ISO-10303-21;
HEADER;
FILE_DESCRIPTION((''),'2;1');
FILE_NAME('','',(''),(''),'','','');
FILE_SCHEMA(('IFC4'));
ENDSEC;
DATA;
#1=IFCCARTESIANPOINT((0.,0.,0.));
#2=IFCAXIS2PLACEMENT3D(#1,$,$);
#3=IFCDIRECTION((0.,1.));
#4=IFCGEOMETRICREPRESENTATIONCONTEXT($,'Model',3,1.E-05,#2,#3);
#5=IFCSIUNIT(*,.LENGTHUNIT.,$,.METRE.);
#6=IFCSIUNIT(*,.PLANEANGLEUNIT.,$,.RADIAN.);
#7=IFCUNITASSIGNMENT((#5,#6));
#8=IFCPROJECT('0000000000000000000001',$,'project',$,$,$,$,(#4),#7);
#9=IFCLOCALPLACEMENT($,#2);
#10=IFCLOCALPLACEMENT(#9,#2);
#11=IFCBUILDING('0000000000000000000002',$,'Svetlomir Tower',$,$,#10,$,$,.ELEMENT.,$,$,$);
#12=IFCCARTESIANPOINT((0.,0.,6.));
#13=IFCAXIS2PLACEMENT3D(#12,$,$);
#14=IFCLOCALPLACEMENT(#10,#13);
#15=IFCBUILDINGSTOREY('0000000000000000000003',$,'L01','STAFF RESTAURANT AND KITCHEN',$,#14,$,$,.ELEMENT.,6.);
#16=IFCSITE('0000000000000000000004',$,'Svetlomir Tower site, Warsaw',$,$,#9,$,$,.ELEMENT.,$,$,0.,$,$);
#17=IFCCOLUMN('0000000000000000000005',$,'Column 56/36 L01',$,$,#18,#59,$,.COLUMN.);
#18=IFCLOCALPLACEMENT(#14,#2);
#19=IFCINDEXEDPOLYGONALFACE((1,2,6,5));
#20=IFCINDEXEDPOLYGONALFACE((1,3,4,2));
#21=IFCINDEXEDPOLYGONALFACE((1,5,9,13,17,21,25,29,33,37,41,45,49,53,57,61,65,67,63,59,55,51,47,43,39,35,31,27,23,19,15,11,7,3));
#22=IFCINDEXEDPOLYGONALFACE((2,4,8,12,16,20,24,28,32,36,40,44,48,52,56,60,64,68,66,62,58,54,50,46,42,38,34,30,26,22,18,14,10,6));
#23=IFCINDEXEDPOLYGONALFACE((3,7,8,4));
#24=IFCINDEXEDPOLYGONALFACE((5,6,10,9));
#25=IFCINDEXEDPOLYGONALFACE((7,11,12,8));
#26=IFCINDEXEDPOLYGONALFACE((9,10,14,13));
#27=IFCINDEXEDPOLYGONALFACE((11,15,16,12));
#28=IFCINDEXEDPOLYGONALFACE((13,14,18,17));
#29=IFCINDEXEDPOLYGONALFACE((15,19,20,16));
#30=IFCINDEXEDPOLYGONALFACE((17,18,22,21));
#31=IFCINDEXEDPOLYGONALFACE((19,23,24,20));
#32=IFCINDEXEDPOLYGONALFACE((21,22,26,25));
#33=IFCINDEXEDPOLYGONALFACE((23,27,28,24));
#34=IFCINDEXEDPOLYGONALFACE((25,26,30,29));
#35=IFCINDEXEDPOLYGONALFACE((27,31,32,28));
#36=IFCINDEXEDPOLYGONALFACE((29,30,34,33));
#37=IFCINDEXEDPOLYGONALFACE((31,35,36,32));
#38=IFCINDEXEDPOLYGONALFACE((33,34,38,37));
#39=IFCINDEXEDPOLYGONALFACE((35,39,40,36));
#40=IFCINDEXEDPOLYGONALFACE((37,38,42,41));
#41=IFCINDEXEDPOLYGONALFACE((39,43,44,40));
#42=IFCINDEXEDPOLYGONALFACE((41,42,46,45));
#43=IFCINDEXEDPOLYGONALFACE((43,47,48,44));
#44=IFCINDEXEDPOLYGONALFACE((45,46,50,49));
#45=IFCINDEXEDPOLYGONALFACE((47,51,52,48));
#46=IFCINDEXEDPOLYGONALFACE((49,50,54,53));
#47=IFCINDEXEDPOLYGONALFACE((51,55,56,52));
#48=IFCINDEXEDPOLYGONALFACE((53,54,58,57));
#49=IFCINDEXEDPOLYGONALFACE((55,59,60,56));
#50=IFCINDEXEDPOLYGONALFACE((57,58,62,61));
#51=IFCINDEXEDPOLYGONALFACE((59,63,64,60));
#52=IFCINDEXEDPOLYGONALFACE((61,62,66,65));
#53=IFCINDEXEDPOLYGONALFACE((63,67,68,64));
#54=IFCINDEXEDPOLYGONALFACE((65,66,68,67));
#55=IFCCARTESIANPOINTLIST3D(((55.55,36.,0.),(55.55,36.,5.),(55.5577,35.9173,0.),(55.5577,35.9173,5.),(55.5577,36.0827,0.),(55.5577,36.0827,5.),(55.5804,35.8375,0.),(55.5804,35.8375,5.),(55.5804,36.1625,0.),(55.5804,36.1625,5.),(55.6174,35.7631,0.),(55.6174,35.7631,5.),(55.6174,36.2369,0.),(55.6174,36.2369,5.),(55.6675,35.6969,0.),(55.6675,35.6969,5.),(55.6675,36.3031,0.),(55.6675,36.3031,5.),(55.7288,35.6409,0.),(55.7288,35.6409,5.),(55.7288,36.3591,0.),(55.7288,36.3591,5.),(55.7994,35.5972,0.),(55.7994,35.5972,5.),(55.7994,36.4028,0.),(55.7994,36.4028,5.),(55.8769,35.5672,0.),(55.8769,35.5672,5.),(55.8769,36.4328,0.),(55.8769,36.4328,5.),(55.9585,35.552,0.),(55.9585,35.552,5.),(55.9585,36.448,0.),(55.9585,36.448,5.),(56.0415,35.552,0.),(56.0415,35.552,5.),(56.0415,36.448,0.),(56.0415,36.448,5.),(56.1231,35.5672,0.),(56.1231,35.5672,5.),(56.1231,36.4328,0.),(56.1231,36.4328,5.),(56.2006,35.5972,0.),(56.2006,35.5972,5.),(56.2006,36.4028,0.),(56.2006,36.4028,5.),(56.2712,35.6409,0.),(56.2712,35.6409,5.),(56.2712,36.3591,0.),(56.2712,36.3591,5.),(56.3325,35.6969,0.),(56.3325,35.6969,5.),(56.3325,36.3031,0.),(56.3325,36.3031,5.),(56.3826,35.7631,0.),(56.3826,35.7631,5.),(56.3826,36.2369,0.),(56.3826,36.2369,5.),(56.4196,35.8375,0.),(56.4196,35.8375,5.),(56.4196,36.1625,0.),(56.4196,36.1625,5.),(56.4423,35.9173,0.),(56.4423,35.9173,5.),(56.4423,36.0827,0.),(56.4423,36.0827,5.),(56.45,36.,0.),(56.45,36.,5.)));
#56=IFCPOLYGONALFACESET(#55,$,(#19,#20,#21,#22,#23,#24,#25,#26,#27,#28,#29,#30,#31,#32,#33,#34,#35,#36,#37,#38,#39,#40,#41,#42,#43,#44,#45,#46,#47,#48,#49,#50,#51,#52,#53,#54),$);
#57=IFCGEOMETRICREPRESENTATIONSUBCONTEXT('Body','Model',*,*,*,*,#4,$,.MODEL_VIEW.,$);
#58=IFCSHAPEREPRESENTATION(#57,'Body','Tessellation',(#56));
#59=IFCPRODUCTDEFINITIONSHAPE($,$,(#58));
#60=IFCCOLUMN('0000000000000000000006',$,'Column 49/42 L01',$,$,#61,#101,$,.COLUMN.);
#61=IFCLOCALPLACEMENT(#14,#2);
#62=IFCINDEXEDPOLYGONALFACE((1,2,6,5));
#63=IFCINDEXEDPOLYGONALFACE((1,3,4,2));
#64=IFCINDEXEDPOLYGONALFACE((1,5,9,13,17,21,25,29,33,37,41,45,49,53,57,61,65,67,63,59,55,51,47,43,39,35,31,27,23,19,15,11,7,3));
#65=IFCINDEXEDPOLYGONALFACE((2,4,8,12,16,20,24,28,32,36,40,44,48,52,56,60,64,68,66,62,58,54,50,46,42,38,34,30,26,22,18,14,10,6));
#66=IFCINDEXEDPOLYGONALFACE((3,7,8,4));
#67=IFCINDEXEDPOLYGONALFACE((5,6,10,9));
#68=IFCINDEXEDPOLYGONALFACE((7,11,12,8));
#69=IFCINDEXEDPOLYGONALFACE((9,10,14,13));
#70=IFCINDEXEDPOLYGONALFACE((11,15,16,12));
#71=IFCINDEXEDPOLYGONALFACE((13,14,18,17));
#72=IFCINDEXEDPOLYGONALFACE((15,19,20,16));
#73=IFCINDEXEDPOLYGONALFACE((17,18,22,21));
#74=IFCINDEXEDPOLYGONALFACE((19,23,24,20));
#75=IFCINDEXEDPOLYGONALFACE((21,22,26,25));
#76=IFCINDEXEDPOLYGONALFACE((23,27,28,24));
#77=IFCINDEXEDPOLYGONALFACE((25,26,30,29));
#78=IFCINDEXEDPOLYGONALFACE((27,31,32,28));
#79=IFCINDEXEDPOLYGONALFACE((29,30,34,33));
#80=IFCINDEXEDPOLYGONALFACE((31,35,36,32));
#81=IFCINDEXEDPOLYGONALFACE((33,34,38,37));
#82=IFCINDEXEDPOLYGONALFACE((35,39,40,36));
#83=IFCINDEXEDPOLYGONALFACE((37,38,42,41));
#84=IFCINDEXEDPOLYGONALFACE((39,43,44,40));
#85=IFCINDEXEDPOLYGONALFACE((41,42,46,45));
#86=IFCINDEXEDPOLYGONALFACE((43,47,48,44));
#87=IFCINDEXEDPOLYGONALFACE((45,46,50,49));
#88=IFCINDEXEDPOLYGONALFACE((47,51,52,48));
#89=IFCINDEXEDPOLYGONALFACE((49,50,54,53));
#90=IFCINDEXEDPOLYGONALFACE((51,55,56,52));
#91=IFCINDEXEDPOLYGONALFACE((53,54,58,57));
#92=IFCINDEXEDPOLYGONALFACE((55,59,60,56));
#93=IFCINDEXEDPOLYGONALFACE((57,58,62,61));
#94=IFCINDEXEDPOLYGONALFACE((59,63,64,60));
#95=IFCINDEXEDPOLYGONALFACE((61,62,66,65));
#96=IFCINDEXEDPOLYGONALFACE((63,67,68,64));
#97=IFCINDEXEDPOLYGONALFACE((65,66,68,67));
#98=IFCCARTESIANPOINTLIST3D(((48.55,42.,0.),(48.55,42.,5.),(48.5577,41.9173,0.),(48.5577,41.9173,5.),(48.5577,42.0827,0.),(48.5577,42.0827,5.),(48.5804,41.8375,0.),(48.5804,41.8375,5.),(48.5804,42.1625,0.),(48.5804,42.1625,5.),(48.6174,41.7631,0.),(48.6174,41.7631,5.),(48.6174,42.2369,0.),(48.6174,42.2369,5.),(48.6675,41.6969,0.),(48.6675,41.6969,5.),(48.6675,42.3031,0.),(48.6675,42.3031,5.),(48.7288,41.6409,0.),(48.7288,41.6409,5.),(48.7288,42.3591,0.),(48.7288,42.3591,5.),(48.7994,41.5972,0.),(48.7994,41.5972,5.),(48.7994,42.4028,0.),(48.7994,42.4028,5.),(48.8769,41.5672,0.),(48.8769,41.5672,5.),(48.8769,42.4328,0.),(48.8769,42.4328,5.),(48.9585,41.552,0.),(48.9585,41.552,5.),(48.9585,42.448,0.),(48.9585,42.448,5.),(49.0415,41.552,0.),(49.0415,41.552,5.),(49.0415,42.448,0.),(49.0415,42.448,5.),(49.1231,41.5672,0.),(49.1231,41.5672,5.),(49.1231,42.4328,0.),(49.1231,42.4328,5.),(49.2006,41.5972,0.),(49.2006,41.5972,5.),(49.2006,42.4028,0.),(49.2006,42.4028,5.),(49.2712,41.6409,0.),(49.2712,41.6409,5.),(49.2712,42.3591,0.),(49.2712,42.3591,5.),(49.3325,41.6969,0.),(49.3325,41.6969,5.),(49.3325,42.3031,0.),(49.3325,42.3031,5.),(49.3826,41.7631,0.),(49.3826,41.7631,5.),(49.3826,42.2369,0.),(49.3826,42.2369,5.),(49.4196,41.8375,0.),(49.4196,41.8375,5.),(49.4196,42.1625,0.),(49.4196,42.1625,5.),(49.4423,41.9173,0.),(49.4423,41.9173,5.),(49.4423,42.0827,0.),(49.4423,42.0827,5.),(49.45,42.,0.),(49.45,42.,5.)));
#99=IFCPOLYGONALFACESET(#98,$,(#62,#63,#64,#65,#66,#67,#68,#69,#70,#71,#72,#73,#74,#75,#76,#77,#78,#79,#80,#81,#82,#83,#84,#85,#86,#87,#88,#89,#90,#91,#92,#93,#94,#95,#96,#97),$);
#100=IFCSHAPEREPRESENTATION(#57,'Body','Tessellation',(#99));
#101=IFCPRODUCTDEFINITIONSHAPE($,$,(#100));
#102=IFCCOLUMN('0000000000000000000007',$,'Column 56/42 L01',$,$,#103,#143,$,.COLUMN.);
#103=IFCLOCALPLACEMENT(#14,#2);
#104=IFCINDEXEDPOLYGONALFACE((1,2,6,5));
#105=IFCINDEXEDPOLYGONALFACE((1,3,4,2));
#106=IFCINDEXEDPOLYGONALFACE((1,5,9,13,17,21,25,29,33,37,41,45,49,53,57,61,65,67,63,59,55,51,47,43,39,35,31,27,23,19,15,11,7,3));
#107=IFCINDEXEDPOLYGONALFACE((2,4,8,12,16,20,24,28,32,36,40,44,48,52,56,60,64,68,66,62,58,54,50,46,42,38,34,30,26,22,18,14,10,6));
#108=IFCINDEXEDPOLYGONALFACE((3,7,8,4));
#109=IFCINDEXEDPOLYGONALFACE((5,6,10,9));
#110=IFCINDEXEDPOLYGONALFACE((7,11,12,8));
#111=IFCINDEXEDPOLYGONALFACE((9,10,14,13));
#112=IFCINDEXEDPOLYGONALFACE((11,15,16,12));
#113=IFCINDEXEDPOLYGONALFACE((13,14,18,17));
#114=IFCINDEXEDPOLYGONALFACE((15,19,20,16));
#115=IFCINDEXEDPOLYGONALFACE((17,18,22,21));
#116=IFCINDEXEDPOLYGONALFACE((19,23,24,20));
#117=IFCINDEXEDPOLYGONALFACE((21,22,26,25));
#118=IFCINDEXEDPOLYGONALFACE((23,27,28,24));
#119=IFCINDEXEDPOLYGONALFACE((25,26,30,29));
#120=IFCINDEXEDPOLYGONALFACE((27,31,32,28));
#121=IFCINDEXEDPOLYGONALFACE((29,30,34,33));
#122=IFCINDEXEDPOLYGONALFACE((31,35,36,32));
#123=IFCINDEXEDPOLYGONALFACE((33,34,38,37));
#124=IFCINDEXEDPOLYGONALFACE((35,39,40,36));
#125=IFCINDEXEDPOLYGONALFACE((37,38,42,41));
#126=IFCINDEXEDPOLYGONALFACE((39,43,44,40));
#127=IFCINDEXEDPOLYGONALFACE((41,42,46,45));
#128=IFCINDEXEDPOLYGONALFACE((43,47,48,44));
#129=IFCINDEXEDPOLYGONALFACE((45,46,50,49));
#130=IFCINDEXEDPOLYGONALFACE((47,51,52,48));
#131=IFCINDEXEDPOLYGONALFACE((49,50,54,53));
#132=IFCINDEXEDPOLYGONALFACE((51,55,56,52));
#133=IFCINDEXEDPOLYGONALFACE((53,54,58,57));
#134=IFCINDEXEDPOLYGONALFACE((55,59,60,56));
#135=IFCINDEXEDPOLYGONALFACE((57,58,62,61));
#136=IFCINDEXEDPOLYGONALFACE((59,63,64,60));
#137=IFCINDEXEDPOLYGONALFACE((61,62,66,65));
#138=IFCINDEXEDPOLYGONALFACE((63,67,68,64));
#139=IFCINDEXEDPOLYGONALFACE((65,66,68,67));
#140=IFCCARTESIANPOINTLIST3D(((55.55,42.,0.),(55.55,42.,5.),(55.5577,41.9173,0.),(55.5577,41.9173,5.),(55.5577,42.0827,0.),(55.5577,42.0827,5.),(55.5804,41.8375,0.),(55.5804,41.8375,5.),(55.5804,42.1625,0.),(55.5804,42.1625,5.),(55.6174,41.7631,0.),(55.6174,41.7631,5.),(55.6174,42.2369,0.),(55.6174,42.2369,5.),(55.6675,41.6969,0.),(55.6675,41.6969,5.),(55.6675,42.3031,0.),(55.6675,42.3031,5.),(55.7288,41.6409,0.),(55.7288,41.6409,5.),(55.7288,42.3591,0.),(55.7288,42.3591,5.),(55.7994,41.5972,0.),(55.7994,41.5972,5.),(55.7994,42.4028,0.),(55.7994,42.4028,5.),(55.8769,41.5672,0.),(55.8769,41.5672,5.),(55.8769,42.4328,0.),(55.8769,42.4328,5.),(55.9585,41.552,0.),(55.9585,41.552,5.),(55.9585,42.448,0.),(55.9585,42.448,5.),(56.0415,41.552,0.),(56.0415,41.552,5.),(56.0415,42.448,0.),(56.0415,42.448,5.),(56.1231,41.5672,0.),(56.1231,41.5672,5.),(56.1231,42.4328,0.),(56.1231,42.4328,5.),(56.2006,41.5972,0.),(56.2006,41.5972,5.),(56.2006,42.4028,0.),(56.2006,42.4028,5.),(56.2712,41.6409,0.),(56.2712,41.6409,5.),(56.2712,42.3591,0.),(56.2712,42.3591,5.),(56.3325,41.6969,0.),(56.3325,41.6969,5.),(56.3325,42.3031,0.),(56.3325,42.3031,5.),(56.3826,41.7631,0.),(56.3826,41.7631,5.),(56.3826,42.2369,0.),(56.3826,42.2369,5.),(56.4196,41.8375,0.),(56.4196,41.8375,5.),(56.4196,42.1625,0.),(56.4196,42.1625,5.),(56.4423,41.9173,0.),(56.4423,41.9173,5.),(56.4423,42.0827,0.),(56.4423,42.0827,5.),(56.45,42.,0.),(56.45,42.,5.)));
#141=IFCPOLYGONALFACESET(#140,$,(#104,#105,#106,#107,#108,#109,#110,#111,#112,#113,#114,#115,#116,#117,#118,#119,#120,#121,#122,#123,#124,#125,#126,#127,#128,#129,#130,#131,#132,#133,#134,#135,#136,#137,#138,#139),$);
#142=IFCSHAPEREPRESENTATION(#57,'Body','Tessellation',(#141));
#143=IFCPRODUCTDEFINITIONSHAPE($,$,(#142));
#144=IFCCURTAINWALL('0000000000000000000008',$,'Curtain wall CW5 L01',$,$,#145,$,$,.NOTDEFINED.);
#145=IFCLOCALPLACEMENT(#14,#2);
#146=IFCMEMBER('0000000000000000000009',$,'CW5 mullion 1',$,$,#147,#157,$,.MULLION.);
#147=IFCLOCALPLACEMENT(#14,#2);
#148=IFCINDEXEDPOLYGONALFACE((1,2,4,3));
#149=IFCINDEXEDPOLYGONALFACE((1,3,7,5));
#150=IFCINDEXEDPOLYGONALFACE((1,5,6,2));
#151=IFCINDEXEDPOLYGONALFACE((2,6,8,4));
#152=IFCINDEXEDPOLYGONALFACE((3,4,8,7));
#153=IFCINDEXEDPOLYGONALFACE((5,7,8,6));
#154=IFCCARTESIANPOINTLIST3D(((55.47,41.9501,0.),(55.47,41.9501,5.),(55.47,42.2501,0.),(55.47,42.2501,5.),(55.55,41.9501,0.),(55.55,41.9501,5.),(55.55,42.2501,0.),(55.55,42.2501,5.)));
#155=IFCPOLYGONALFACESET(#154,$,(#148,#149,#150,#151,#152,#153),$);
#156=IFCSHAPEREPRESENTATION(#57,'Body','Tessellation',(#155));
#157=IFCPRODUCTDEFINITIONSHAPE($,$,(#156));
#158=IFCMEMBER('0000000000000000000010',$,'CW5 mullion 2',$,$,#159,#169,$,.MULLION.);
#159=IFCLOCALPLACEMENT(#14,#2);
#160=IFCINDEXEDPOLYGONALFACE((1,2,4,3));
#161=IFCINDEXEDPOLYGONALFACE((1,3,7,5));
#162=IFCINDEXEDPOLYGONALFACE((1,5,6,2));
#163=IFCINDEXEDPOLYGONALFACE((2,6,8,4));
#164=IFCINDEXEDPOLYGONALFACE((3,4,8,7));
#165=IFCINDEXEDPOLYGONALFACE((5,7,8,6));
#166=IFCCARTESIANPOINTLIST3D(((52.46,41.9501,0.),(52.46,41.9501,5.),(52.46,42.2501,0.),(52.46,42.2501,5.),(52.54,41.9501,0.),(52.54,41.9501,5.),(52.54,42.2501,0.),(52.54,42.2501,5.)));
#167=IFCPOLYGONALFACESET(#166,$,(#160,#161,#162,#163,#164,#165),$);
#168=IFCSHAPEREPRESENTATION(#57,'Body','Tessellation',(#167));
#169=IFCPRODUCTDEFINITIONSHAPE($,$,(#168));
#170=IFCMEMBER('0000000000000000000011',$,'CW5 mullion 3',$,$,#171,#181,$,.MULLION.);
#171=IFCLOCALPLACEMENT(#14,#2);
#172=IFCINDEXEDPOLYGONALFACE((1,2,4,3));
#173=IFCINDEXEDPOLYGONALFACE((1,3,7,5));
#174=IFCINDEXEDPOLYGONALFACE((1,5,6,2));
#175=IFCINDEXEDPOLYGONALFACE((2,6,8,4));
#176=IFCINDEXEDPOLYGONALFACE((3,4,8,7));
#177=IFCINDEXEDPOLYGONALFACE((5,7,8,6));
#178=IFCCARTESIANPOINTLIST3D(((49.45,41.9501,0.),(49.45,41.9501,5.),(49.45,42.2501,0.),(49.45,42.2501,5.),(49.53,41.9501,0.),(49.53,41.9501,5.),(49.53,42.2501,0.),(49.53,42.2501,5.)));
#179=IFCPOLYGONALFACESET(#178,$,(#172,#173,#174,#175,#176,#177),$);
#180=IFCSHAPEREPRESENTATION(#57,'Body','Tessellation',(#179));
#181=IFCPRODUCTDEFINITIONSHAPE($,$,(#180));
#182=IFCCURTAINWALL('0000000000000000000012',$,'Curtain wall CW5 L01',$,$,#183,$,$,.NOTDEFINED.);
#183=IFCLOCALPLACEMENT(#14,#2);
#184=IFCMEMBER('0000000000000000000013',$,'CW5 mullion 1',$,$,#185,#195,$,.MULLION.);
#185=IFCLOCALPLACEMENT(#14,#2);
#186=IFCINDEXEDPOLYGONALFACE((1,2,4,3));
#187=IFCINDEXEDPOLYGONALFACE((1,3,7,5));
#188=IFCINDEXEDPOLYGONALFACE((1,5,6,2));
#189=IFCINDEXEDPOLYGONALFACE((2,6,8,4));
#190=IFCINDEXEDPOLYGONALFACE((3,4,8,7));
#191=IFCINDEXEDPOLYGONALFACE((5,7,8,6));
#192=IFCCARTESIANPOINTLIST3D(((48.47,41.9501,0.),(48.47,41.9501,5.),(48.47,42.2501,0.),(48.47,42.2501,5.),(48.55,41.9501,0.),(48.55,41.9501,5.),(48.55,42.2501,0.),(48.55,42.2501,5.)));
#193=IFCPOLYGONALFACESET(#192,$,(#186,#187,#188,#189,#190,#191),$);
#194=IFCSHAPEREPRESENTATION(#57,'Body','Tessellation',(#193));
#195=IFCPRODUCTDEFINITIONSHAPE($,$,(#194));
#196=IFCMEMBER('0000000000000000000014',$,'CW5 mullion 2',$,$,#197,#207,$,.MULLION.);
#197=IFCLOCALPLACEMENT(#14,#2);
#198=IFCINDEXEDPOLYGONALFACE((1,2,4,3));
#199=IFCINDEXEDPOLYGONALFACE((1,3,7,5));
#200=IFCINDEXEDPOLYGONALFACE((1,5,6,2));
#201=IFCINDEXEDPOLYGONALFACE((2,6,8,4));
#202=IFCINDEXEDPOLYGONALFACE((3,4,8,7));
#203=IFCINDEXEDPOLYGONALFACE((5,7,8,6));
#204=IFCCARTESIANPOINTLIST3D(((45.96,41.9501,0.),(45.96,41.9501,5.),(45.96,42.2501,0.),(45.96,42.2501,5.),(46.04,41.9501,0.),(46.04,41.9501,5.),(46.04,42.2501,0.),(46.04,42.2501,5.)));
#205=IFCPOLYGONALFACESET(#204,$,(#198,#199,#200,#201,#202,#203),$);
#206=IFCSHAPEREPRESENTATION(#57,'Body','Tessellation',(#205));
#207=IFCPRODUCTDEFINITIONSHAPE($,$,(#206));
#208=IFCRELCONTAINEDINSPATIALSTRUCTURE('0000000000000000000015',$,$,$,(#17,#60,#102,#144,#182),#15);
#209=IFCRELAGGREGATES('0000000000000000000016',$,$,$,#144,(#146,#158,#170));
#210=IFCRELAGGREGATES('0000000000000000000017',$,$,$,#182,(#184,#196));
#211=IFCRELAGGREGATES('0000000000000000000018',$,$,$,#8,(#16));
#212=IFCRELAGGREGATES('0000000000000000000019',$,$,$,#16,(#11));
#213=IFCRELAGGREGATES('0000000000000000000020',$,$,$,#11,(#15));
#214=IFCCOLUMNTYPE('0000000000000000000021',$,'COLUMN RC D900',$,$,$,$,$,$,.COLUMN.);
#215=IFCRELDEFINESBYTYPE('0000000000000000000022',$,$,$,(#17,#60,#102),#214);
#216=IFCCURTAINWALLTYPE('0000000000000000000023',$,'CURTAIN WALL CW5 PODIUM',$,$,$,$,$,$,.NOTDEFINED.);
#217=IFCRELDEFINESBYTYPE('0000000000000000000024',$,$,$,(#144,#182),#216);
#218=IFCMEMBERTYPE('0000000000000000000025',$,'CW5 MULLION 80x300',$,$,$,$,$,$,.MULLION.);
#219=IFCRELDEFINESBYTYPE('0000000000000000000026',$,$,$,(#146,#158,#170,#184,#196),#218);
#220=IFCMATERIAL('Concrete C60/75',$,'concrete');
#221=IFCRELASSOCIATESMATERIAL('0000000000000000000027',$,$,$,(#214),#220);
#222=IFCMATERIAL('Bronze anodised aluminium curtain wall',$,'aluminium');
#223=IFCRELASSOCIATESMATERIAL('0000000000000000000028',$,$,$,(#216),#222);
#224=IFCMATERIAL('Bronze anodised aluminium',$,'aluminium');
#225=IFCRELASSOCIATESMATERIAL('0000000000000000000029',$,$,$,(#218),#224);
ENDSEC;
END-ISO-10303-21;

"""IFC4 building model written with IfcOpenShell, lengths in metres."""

from ifc_helpers import new_model, si_unit, direction, frame, origin, origin_2d, place, context, subcontext, project, spatial, rectangle, circle, extrude, material, material_profile, profile_set, type_object, element, aggregate, save


model = new_model("IFC4")

# Units and contexts
model_context = context("Model", 3, precision=1e-05, world=origin(), true_north=direction((0.0, 1.0)))
body_context = subcontext(model_context, "Body", "Model", "MODEL_VIEW")
ifc_project = project(units=[si_unit("LENGTHUNIT", "METRE"), si_unit("PLANEANGLEUNIT", "RADIAN")], contexts=[model_context])

# Site, building, storey
site_placement = place(None, origin())
site = spatial("IfcSite", under=ifc_project, at=site_placement, Name="Svetlomir Tower site, Warsaw", CompositionType="ELEMENT", RefElevation=0.0)
building_placement = place(site_placement, origin())
building = spatial("IfcBuilding", under=site, at=building_placement, Name="Svetlomir Tower", CompositionType="ELEMENT")
storey_placement = place(building_placement, frame((0.0, 0.0, 6.0)))
storey = spatial("IfcBuildingStorey", under=building, at=storey_placement, Name="L01", Description="STAFF RESTAURANT AND KITCHEN", CompositionType="ELEMENT", Elevation=6.0)

# Columns
ifc_material_1 = material(Name="Concrete C60/75", Category="concrete")
ifc_material_profile_1 = material_profile(ifc_material_1, circle(Radius=0.45, at=origin_2d()), Name="RC D900")
ifc_profile_set_1 = profile_set([ifc_material_profile_1], Name="Concrete C60/75")
column_type = type_object("IfcColumnType", Name="COLUMN RC D900", PredefinedType="COLUMN", material=ifc_profile_set_1)
for number, where, z_axis, x_axis, name in (
    (1, (56.0, 36.0, 0.0), (0.0, 0.0, 1.0), (1.0, 0.0, 0.0), "Column 56/36 L01"),
    (2, (49.0, 42.0, 0.0), (0.0, 0.0, 1.0), (1.0, 0.0, 0.0), "Column 49/42 L01"),
    (3, (56.0, 42.0, 0.0), (0.0, 0.0, 1.0), (1.0, 0.0, 0.0), "Column 56/42 L01"),
):
    element("IfcColumn", number, at=place(storey_placement, frame(where, z_axis=z_axis, x_axis=x_axis)), inside=storey, type_object=column_type, Name=name, PredefinedType="COLUMN", context=body_context, shape_type="SweptSolid", body=[
        extrude(circle(Radius=0.45, at=origin_2d()), origin(), (0.0, 0.0, 1.0), 5.0),
    ])

# Curtain walls, members
ifc_material_2 = material(Name="Bronze anodised aluminium curtain wall", Category="aluminium")
curtain_wall_type = type_object("IfcCurtainWallType", Name="CURTAIN WALL CW5 PODIUM", PredefinedType="NOTDEFINED", material=ifc_material_2)
curtain_wall_1_placement = place(storey_placement, origin())
curtain_wall_1 = element("IfcCurtainWall", 4, at=curtain_wall_1_placement, inside=storey, type_object=curtain_wall_type, Name="Curtain wall CW5 L01", PredefinedType="NOTDEFINED")
ifc_material_3 = material(Name="Bronze anodised aluminium", Category="aluminium")
ifc_material_profile_2 = material_profile(ifc_material_3, rectangle(XDim=0.0801, YDim=0.3, at=origin_2d()), Name="AL 80x300")
ifc_profile_set_2 = profile_set([ifc_material_profile_2], Name="Bronze anodised aluminium 6063-T6")
member_type_1 = type_object("IfcMemberType", Name="CW5 MULLION 80x300", PredefinedType="MULLION", material=ifc_profile_set_2)
member_1_placement = place(storey_placement, frame((55.51, 42.1001, 0.0), z_axis=(0.0, 0.0, 1.0), x_axis=(-1.0, 0.0, 0.0)))
member_1 = element("IfcMember", 5, at=member_1_placement, type_object=member_type_1, Name="CW5 mullion 1", PredefinedType="MULLION", context=body_context, shape_type="SweptSolid", body=[
    extrude(rectangle(XDim=0.0801, YDim=0.3, at=origin_2d()), origin(), (0.0, 0.0, 1.0), 5.0),
])
member_2_placement = place(storey_placement, frame((52.5, 42.1001, 0.0), z_axis=(0.0, 0.0, 1.0), x_axis=(-1.0, 0.0, 0.0)))
member_2 = element("IfcMember", 6, at=member_2_placement, type_object=member_type_1, Name="CW5 mullion 2", PredefinedType="MULLION", context=body_context, shape_type="SweptSolid", body=[
    extrude(rectangle(XDim=0.0801, YDim=0.3, at=origin_2d()), origin(), (0.0, 0.0, 1.0), 5.0),
])
member_3_placement = place(storey_placement, frame((49.49, 42.1001, 0.0), z_axis=(0.0, 0.0, 1.0), x_axis=(-1.0, 0.0, 0.0)))
member_3 = element("IfcMember", 7, at=member_3_placement, type_object=member_type_1, Name="CW5 mullion 3", PredefinedType="MULLION", context=body_context, shape_type="SweptSolid", body=[
    extrude(rectangle(XDim=0.0801, YDim=0.3, at=origin_2d()), origin(), (0.0, 0.0, 1.0), 5.0),
])
curtain_wall_2_placement = place(storey_placement, origin())
curtain_wall_2 = element("IfcCurtainWall", 8, at=curtain_wall_2_placement, inside=storey, type_object=curtain_wall_type, Name="Curtain wall CW5 L01", PredefinedType="NOTDEFINED")
member_4_placement = place(storey_placement, frame((48.51, 42.1001, 0.0), z_axis=(0.0, 0.0, 1.0), x_axis=(-1.0, 0.0, 0.0)))
member_4 = element("IfcMember", 9, at=member_4_placement, type_object=member_type_1, Name="CW5 mullion 1", PredefinedType="MULLION", context=body_context, shape_type="SweptSolid", body=[
    extrude(rectangle(XDim=0.0801, YDim=0.3, at=origin_2d()), origin(), (0.0, 0.0, 1.0), 5.0),
])
member_5_placement = place(storey_placement, frame((46.0, 42.1001, 0.0), z_axis=(0.0, 0.0, 1.0), x_axis=(-1.0, 0.0, 0.0)))
member_5 = element("IfcMember", 10, at=member_5_placement, type_object=member_type_1, Name="CW5 mullion 2", PredefinedType="MULLION", context=body_context, shape_type="SweptSolid", body=[
    extrude(rectangle(XDim=0.0801, YDim=0.3, at=origin_2d()), origin(), (0.0, 0.0, 1.0), 5.0),
])

aggregate(curtain_wall_1, [member_1, member_2, member_3])
aggregate(curtain_wall_2, [member_4, member_5])

save(model, "model.ifc")
